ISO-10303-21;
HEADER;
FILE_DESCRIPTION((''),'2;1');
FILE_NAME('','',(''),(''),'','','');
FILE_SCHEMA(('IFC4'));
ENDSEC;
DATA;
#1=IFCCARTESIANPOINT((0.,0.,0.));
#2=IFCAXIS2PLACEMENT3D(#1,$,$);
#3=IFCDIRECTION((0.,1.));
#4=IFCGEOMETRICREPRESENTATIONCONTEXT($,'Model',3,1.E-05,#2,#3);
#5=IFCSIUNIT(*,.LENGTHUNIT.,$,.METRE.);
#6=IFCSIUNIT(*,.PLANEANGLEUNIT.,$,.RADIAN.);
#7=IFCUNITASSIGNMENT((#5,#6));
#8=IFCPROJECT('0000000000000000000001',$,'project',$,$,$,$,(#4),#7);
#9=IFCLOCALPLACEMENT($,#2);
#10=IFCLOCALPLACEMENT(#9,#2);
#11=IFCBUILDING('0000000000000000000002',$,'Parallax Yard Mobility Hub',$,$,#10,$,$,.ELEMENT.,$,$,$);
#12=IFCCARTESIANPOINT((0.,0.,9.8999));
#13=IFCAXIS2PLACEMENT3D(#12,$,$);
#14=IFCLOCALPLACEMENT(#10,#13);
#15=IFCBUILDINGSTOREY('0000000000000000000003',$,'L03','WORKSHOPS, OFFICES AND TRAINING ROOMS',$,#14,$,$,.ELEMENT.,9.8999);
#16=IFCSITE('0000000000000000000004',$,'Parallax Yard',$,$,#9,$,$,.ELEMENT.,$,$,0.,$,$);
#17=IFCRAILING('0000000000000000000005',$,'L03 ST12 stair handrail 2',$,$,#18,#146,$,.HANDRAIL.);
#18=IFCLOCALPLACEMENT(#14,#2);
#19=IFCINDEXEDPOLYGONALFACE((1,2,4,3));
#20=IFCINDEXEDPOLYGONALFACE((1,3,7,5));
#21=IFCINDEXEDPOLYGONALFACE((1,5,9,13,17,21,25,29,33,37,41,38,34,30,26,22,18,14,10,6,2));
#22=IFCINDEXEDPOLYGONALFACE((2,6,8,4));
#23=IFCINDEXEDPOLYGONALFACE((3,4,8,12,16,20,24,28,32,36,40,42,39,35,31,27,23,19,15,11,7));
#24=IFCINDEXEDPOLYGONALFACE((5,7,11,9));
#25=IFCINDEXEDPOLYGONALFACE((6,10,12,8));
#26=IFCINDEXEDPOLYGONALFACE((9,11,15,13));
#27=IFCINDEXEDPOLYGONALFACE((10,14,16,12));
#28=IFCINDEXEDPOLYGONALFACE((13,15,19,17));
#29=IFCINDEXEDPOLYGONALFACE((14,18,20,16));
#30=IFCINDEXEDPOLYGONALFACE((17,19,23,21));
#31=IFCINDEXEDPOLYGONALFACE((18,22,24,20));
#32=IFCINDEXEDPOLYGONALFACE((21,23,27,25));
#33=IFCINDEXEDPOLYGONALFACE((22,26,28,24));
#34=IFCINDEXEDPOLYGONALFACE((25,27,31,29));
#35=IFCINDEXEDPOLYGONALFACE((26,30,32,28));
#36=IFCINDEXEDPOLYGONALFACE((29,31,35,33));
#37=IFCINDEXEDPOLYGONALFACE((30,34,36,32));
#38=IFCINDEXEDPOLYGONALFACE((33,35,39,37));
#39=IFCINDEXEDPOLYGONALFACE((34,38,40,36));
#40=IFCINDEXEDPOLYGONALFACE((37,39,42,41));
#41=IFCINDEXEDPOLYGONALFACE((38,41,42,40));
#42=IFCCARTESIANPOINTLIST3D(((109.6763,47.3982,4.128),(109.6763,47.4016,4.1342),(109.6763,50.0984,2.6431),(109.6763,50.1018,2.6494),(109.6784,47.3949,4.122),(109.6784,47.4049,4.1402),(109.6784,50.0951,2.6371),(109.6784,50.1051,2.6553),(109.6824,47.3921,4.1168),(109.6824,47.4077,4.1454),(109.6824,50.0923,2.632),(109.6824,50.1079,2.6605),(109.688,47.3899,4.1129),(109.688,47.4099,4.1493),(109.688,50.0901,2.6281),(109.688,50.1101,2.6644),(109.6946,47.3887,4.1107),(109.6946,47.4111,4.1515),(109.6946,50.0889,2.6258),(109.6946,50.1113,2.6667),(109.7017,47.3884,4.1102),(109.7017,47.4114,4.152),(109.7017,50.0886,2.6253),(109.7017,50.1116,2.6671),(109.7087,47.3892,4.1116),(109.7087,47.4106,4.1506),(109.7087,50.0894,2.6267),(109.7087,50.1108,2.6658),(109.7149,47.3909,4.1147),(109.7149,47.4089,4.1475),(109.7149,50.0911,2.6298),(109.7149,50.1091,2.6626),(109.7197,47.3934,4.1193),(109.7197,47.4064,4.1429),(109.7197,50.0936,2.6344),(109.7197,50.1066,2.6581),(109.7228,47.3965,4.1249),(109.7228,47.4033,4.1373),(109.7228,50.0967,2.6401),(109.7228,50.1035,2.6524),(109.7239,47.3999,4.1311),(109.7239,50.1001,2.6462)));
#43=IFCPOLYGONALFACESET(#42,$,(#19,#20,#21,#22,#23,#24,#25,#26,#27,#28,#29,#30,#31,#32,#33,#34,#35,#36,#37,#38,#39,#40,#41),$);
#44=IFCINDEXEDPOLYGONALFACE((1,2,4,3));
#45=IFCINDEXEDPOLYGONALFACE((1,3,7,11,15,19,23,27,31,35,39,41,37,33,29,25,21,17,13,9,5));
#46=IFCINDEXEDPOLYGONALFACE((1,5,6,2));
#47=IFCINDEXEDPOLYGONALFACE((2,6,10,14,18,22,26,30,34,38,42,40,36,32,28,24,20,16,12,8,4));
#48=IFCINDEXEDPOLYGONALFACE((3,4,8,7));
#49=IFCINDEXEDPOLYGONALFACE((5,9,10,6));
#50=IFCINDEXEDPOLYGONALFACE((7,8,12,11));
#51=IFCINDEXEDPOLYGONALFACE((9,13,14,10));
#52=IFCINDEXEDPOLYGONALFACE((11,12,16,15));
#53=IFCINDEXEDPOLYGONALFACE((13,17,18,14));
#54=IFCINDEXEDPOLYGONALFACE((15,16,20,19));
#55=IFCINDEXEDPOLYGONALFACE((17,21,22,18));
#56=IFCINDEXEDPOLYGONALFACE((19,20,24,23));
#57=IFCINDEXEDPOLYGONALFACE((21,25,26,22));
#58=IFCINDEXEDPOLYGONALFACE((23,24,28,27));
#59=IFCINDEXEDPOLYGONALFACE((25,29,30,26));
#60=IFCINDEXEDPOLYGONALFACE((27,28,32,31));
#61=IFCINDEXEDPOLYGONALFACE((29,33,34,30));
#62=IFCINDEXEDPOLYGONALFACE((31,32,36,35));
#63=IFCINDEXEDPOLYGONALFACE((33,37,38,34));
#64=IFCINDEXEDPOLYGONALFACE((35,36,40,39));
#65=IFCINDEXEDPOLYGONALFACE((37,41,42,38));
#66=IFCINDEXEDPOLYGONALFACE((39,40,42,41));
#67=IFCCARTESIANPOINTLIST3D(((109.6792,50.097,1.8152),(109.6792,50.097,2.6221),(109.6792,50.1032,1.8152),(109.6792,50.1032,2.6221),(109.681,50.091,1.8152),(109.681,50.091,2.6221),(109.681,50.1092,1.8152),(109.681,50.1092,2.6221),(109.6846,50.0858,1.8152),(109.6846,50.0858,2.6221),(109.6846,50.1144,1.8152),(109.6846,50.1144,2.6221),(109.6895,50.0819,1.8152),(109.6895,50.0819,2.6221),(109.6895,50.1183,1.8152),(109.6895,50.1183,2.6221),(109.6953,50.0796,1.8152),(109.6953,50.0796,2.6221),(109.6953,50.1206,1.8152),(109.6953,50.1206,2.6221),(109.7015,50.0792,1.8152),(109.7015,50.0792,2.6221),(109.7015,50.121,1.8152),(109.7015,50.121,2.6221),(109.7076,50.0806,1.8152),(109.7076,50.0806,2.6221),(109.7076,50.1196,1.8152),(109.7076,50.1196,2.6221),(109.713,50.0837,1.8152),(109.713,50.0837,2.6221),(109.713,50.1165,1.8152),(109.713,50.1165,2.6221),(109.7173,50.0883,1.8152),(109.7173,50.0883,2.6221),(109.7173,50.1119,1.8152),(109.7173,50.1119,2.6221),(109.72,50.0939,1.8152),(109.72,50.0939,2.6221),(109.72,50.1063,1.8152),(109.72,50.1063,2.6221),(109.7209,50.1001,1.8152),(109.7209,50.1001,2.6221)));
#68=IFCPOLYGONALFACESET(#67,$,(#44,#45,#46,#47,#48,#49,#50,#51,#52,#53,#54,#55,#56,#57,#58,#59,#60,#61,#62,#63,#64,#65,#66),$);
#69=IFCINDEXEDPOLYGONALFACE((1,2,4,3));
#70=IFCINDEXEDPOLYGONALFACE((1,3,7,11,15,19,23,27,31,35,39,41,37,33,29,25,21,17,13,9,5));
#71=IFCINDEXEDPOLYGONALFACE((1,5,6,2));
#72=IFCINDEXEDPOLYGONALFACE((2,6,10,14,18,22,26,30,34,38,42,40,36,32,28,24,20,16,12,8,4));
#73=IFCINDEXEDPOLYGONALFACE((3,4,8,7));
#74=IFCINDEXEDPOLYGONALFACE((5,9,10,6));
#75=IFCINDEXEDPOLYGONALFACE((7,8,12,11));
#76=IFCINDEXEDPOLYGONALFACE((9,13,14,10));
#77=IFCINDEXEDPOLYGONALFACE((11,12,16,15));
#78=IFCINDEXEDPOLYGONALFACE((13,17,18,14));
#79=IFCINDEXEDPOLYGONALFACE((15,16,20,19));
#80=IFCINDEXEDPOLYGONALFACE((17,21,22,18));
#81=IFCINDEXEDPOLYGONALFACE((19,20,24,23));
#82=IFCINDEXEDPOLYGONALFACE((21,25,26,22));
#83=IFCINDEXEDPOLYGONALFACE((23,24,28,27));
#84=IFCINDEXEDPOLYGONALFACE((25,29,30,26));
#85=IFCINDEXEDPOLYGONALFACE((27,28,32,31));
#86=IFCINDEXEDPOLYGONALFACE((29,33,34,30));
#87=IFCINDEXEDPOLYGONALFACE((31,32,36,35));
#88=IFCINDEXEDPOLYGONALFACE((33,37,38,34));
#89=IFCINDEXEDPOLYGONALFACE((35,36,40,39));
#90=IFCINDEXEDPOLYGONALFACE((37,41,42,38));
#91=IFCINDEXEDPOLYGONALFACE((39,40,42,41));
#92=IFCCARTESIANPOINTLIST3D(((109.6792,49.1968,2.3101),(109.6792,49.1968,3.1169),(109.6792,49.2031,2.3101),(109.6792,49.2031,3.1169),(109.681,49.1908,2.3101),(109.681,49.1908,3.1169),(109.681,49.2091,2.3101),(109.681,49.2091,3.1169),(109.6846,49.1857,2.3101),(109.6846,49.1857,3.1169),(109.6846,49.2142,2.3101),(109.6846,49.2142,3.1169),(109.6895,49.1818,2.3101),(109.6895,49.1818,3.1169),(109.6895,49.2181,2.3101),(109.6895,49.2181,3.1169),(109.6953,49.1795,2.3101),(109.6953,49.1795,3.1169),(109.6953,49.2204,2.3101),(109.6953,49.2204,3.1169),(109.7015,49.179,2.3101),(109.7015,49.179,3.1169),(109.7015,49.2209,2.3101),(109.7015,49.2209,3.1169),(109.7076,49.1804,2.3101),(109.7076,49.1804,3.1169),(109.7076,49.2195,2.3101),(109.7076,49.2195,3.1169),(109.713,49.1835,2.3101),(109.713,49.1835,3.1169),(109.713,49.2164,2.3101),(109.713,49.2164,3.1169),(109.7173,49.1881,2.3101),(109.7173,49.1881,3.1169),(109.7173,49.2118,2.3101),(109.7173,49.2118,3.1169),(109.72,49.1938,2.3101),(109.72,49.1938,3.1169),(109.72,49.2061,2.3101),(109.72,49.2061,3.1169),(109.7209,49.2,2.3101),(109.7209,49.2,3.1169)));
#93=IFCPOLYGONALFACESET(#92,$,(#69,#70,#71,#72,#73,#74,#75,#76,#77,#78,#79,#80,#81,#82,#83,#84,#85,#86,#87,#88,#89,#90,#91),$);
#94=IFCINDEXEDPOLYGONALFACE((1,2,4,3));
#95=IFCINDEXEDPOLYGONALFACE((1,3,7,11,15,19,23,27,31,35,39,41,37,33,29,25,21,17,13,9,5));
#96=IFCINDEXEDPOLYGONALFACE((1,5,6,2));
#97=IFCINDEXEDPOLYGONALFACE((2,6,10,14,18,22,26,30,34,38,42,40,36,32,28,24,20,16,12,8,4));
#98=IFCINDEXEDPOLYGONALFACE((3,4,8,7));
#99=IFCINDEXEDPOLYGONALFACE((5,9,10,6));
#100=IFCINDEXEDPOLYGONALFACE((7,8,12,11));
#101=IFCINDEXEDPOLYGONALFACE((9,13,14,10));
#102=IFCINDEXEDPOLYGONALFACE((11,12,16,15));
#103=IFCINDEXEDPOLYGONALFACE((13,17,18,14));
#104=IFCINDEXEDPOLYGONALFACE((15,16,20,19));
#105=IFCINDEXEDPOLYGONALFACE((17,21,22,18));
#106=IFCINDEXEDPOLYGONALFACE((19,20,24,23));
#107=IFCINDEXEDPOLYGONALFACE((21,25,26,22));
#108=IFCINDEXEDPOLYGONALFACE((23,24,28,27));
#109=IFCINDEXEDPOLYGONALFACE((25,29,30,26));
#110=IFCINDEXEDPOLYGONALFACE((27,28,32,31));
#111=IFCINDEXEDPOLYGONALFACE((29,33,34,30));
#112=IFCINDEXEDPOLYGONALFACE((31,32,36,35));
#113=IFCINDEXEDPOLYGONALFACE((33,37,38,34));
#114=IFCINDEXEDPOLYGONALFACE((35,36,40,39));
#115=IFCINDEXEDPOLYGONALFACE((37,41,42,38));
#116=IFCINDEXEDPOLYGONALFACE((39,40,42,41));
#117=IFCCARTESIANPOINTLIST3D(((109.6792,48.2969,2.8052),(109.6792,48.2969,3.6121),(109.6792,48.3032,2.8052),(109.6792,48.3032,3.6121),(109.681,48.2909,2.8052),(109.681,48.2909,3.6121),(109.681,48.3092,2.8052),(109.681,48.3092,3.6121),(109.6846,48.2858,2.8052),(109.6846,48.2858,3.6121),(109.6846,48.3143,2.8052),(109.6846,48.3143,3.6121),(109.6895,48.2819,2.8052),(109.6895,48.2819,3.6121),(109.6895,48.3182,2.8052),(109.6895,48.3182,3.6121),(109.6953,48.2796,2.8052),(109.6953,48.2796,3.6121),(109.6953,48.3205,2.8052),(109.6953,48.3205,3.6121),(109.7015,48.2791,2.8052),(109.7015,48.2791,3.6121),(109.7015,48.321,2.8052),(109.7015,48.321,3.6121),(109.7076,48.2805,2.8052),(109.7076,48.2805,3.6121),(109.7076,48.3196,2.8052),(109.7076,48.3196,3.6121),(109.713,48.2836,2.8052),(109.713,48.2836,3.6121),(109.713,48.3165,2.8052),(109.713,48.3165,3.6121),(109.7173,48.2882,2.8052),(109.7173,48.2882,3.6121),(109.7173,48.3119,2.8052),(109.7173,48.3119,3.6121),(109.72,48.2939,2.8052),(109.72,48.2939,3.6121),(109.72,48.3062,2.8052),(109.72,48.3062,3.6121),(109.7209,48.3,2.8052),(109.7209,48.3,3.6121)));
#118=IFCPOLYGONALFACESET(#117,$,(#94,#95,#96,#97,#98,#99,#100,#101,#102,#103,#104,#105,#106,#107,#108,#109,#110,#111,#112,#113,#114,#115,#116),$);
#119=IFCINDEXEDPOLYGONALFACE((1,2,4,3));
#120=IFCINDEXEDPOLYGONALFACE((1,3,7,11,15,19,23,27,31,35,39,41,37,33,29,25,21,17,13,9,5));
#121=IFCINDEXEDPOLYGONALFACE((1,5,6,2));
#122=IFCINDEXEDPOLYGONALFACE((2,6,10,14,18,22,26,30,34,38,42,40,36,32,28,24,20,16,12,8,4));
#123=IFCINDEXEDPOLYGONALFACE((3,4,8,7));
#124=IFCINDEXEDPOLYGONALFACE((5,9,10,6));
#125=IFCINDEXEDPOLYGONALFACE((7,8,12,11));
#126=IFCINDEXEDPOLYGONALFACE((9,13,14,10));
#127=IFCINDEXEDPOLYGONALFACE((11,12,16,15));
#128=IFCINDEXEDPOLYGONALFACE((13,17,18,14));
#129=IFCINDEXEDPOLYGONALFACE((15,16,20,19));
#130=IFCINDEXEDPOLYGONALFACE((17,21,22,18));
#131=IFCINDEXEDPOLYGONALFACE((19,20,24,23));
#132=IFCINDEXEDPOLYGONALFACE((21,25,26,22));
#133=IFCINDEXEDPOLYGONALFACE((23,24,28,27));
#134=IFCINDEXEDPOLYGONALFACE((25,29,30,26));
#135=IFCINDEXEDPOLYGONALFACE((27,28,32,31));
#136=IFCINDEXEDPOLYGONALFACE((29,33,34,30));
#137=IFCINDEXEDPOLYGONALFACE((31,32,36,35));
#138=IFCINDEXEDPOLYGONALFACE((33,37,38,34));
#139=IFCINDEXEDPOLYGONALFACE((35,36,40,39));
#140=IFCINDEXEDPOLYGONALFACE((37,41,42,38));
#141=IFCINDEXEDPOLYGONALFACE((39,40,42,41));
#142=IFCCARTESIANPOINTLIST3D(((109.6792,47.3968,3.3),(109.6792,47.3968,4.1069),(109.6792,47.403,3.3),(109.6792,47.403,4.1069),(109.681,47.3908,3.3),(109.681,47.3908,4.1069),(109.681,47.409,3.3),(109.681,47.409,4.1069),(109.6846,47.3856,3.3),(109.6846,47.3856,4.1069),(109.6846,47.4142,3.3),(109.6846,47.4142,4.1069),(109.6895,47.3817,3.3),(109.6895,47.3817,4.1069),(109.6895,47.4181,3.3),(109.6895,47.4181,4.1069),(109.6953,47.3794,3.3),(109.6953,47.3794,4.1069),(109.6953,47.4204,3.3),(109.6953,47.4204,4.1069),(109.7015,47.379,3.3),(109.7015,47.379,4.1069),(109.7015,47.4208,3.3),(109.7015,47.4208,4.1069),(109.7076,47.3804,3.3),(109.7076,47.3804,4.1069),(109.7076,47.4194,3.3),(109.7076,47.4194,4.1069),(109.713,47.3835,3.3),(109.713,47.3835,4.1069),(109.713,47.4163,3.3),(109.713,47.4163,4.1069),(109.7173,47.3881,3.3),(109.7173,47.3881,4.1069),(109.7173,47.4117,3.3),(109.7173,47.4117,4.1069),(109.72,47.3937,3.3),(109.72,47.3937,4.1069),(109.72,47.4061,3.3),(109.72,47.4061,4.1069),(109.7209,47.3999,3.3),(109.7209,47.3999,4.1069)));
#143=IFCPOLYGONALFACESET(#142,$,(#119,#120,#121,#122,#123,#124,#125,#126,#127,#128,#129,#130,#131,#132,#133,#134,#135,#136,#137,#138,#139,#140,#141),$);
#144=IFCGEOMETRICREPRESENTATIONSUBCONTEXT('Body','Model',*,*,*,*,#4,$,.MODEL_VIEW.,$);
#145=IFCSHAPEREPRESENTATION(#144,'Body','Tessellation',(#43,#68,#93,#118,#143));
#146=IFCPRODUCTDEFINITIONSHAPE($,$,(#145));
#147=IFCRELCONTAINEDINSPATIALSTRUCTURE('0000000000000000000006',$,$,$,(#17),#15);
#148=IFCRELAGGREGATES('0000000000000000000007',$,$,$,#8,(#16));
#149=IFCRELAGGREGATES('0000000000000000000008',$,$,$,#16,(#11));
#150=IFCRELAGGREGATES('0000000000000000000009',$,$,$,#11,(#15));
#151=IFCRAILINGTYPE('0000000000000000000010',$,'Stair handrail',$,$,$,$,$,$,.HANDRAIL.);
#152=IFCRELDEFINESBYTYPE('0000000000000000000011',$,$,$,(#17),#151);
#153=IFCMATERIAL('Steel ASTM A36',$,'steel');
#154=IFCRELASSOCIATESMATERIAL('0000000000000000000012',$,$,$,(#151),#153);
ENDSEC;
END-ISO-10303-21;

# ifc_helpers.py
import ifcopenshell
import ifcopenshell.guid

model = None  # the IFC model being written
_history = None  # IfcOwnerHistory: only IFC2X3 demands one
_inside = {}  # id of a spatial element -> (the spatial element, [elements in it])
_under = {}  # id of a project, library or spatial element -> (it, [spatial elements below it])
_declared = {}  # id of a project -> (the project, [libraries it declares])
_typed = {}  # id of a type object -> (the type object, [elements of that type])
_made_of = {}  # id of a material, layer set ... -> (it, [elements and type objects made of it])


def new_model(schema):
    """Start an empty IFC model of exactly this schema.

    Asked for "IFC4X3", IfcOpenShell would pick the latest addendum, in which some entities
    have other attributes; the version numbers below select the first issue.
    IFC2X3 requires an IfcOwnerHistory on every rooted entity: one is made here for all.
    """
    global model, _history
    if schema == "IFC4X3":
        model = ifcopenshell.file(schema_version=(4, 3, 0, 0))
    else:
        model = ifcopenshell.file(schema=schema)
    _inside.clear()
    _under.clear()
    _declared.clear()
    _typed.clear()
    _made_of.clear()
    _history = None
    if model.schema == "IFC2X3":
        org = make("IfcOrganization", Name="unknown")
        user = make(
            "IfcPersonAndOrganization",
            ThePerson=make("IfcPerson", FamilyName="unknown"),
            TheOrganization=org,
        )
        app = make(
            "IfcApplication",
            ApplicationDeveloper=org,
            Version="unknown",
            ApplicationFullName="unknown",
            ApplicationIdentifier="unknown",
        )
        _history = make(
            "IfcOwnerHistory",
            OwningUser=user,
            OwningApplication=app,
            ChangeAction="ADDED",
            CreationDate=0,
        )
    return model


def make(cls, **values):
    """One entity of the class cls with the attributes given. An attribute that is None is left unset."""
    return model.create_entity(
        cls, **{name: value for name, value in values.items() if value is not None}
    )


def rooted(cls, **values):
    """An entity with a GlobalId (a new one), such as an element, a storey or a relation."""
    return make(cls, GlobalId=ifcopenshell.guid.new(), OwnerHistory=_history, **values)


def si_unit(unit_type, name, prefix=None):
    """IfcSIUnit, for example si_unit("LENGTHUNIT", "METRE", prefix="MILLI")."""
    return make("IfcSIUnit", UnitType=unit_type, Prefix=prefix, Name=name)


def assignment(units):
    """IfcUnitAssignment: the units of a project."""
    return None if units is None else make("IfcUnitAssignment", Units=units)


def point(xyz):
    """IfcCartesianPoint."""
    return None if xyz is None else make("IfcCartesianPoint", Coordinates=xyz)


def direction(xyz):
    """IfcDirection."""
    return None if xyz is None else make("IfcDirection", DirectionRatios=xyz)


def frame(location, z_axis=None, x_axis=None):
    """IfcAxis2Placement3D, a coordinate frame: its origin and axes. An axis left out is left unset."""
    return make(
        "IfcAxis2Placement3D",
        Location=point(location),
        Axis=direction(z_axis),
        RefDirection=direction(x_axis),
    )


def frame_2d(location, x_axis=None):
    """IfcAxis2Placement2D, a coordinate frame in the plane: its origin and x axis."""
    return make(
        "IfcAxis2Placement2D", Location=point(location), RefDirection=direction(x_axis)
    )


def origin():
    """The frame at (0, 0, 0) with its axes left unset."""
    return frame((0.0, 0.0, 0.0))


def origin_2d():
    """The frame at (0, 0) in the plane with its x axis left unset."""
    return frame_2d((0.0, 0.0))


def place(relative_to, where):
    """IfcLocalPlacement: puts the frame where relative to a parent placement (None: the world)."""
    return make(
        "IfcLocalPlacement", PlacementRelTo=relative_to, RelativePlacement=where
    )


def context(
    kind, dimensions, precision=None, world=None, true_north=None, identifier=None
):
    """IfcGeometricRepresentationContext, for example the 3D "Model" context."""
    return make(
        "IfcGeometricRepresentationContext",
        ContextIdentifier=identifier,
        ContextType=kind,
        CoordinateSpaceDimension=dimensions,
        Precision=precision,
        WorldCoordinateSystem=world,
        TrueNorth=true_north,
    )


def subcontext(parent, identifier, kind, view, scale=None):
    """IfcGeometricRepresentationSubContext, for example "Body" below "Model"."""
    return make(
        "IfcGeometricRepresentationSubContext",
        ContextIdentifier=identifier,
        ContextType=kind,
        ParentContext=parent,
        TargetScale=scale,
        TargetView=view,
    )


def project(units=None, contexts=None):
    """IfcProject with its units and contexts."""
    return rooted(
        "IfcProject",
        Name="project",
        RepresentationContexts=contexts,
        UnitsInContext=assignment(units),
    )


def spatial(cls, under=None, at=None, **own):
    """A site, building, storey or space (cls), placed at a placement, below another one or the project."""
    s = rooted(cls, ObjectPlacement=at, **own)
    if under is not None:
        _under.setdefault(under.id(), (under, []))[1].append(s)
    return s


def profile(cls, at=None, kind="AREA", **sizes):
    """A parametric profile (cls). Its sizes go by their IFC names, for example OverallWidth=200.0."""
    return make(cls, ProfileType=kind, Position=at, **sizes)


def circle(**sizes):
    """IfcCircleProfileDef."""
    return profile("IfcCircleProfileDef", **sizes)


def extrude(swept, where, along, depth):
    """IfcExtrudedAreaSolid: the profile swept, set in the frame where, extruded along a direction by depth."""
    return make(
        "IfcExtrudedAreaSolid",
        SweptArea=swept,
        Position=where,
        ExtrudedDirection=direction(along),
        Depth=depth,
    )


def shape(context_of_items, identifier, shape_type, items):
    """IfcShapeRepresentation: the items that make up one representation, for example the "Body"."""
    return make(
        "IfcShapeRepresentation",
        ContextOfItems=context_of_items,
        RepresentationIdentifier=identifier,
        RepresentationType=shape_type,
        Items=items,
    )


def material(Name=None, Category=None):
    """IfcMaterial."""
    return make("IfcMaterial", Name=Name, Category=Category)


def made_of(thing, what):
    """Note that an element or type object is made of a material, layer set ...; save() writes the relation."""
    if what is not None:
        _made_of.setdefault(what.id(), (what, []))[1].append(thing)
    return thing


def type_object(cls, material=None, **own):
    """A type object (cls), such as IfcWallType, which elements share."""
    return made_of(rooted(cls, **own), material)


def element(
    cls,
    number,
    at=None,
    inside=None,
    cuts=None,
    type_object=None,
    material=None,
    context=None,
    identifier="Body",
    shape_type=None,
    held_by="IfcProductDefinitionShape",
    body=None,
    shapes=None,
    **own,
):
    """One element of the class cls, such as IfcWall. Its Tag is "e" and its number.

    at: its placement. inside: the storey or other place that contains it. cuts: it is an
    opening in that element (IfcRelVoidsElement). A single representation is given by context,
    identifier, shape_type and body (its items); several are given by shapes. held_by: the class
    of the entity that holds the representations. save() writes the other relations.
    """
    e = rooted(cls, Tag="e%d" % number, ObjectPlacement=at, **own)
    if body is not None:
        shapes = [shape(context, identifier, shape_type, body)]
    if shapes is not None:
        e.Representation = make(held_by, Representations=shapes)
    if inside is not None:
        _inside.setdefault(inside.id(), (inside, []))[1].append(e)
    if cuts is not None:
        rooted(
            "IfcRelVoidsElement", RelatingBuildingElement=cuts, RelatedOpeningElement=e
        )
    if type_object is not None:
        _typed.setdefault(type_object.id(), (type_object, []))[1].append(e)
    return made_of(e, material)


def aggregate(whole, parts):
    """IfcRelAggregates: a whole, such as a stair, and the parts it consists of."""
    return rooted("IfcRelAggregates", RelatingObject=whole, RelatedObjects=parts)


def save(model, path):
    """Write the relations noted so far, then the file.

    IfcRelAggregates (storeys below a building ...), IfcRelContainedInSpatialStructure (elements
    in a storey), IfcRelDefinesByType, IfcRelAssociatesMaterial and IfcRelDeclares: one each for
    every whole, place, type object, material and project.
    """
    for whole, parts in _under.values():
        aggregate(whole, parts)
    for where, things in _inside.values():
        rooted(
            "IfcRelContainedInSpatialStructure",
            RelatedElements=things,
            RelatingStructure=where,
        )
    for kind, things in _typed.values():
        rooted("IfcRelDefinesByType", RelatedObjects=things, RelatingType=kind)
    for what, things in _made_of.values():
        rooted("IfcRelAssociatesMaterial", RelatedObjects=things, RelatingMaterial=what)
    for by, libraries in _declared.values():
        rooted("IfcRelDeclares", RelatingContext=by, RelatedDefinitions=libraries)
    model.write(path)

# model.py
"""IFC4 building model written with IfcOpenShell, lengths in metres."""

from ifc_helpers import new_model, si_unit, direction, frame, origin, origin_2d, place, context, subcontext, project, spatial, circle, extrude, material, type_object, element, save


model = new_model("IFC4")

# Units and contexts
model_context = context("Model", 3, precision=1e-05, world=origin(), true_north=direction((0.0, 1.0)))
body_context = subcontext(model_context, "Body", "Model", "MODEL_VIEW")
ifc_project = project(units=[si_unit("LENGTHUNIT", "METRE"), si_unit("PLANEANGLEUNIT", "RADIAN")], contexts=[model_context])

# Site, building, storey
site_placement = place(None, origin())
site = spatial("IfcSite", under=ifc_project, at=site_placement, Name="Parallax Yard", CompositionType="ELEMENT", RefElevation=0.0)
building_placement = place(site_placement, origin())
building = spatial("IfcBuilding", under=site, at=building_placement, Name="Parallax Yard Mobility Hub", CompositionType="ELEMENT")
storey_placement = place(building_placement, frame((0.0, 0.0, 9.8999)))
storey = spatial("IfcBuildingStorey", under=building, at=storey_placement, Name="L03", Description="WORKSHOPS, OFFICES AND TRAINING ROOMS", CompositionType="ELEMENT", Elevation=9.8999)

# Railing
ifc_material_1 = material(Name="Steel ASTM A36", Category="steel")
railing_type_1 = type_object("IfcRailingType", Name="Stair handrail", PredefinedType="HANDRAIL", material=ifc_material_1)
for number, where, name in (
    (1, (109.7, 50.1001, 1.8152), "L03 ST12 stair handrail 2"),
):
    element("IfcRailing", number, at=place(storey_placement, frame(where)), inside=storey, type_object=railing_type_1, Name=name, PredefinedType="HANDRAIL", context=body_context, shape_type="SweptSolid", body=[
        extrude(circle(Radius=0.0239, at=origin_2d()), frame((0.0, 0.0, 0.8311), z_axis=(0.0, -0.876249, 0.481858), x_axis=(1.0, 0.0, 0.0)), (0.0, 0.0, 1.0), 3.0815),
        extrude(circle(Radius=0.021, at=origin_2d()), origin(), (0.0, 0.0, 1.0), 0.8069),
        extrude(circle(Radius=0.021, at=origin_2d()), frame((0.0, -0.9001, 0.4949)), (0.0, 0.0, 1.0), 0.8069),
        extrude(circle(Radius=0.021, at=origin_2d()), frame((0.0, -1.8, 0.99)), (0.0, 0.0, 1.0), 0.8069),
        extrude(circle(Radius=0.021, at=origin_2d()), frame((0.0, -2.7002, 1.4849)), (0.0, 0.0, 1.0), 0.8069),
    ])

save(model, "model.ifc")
